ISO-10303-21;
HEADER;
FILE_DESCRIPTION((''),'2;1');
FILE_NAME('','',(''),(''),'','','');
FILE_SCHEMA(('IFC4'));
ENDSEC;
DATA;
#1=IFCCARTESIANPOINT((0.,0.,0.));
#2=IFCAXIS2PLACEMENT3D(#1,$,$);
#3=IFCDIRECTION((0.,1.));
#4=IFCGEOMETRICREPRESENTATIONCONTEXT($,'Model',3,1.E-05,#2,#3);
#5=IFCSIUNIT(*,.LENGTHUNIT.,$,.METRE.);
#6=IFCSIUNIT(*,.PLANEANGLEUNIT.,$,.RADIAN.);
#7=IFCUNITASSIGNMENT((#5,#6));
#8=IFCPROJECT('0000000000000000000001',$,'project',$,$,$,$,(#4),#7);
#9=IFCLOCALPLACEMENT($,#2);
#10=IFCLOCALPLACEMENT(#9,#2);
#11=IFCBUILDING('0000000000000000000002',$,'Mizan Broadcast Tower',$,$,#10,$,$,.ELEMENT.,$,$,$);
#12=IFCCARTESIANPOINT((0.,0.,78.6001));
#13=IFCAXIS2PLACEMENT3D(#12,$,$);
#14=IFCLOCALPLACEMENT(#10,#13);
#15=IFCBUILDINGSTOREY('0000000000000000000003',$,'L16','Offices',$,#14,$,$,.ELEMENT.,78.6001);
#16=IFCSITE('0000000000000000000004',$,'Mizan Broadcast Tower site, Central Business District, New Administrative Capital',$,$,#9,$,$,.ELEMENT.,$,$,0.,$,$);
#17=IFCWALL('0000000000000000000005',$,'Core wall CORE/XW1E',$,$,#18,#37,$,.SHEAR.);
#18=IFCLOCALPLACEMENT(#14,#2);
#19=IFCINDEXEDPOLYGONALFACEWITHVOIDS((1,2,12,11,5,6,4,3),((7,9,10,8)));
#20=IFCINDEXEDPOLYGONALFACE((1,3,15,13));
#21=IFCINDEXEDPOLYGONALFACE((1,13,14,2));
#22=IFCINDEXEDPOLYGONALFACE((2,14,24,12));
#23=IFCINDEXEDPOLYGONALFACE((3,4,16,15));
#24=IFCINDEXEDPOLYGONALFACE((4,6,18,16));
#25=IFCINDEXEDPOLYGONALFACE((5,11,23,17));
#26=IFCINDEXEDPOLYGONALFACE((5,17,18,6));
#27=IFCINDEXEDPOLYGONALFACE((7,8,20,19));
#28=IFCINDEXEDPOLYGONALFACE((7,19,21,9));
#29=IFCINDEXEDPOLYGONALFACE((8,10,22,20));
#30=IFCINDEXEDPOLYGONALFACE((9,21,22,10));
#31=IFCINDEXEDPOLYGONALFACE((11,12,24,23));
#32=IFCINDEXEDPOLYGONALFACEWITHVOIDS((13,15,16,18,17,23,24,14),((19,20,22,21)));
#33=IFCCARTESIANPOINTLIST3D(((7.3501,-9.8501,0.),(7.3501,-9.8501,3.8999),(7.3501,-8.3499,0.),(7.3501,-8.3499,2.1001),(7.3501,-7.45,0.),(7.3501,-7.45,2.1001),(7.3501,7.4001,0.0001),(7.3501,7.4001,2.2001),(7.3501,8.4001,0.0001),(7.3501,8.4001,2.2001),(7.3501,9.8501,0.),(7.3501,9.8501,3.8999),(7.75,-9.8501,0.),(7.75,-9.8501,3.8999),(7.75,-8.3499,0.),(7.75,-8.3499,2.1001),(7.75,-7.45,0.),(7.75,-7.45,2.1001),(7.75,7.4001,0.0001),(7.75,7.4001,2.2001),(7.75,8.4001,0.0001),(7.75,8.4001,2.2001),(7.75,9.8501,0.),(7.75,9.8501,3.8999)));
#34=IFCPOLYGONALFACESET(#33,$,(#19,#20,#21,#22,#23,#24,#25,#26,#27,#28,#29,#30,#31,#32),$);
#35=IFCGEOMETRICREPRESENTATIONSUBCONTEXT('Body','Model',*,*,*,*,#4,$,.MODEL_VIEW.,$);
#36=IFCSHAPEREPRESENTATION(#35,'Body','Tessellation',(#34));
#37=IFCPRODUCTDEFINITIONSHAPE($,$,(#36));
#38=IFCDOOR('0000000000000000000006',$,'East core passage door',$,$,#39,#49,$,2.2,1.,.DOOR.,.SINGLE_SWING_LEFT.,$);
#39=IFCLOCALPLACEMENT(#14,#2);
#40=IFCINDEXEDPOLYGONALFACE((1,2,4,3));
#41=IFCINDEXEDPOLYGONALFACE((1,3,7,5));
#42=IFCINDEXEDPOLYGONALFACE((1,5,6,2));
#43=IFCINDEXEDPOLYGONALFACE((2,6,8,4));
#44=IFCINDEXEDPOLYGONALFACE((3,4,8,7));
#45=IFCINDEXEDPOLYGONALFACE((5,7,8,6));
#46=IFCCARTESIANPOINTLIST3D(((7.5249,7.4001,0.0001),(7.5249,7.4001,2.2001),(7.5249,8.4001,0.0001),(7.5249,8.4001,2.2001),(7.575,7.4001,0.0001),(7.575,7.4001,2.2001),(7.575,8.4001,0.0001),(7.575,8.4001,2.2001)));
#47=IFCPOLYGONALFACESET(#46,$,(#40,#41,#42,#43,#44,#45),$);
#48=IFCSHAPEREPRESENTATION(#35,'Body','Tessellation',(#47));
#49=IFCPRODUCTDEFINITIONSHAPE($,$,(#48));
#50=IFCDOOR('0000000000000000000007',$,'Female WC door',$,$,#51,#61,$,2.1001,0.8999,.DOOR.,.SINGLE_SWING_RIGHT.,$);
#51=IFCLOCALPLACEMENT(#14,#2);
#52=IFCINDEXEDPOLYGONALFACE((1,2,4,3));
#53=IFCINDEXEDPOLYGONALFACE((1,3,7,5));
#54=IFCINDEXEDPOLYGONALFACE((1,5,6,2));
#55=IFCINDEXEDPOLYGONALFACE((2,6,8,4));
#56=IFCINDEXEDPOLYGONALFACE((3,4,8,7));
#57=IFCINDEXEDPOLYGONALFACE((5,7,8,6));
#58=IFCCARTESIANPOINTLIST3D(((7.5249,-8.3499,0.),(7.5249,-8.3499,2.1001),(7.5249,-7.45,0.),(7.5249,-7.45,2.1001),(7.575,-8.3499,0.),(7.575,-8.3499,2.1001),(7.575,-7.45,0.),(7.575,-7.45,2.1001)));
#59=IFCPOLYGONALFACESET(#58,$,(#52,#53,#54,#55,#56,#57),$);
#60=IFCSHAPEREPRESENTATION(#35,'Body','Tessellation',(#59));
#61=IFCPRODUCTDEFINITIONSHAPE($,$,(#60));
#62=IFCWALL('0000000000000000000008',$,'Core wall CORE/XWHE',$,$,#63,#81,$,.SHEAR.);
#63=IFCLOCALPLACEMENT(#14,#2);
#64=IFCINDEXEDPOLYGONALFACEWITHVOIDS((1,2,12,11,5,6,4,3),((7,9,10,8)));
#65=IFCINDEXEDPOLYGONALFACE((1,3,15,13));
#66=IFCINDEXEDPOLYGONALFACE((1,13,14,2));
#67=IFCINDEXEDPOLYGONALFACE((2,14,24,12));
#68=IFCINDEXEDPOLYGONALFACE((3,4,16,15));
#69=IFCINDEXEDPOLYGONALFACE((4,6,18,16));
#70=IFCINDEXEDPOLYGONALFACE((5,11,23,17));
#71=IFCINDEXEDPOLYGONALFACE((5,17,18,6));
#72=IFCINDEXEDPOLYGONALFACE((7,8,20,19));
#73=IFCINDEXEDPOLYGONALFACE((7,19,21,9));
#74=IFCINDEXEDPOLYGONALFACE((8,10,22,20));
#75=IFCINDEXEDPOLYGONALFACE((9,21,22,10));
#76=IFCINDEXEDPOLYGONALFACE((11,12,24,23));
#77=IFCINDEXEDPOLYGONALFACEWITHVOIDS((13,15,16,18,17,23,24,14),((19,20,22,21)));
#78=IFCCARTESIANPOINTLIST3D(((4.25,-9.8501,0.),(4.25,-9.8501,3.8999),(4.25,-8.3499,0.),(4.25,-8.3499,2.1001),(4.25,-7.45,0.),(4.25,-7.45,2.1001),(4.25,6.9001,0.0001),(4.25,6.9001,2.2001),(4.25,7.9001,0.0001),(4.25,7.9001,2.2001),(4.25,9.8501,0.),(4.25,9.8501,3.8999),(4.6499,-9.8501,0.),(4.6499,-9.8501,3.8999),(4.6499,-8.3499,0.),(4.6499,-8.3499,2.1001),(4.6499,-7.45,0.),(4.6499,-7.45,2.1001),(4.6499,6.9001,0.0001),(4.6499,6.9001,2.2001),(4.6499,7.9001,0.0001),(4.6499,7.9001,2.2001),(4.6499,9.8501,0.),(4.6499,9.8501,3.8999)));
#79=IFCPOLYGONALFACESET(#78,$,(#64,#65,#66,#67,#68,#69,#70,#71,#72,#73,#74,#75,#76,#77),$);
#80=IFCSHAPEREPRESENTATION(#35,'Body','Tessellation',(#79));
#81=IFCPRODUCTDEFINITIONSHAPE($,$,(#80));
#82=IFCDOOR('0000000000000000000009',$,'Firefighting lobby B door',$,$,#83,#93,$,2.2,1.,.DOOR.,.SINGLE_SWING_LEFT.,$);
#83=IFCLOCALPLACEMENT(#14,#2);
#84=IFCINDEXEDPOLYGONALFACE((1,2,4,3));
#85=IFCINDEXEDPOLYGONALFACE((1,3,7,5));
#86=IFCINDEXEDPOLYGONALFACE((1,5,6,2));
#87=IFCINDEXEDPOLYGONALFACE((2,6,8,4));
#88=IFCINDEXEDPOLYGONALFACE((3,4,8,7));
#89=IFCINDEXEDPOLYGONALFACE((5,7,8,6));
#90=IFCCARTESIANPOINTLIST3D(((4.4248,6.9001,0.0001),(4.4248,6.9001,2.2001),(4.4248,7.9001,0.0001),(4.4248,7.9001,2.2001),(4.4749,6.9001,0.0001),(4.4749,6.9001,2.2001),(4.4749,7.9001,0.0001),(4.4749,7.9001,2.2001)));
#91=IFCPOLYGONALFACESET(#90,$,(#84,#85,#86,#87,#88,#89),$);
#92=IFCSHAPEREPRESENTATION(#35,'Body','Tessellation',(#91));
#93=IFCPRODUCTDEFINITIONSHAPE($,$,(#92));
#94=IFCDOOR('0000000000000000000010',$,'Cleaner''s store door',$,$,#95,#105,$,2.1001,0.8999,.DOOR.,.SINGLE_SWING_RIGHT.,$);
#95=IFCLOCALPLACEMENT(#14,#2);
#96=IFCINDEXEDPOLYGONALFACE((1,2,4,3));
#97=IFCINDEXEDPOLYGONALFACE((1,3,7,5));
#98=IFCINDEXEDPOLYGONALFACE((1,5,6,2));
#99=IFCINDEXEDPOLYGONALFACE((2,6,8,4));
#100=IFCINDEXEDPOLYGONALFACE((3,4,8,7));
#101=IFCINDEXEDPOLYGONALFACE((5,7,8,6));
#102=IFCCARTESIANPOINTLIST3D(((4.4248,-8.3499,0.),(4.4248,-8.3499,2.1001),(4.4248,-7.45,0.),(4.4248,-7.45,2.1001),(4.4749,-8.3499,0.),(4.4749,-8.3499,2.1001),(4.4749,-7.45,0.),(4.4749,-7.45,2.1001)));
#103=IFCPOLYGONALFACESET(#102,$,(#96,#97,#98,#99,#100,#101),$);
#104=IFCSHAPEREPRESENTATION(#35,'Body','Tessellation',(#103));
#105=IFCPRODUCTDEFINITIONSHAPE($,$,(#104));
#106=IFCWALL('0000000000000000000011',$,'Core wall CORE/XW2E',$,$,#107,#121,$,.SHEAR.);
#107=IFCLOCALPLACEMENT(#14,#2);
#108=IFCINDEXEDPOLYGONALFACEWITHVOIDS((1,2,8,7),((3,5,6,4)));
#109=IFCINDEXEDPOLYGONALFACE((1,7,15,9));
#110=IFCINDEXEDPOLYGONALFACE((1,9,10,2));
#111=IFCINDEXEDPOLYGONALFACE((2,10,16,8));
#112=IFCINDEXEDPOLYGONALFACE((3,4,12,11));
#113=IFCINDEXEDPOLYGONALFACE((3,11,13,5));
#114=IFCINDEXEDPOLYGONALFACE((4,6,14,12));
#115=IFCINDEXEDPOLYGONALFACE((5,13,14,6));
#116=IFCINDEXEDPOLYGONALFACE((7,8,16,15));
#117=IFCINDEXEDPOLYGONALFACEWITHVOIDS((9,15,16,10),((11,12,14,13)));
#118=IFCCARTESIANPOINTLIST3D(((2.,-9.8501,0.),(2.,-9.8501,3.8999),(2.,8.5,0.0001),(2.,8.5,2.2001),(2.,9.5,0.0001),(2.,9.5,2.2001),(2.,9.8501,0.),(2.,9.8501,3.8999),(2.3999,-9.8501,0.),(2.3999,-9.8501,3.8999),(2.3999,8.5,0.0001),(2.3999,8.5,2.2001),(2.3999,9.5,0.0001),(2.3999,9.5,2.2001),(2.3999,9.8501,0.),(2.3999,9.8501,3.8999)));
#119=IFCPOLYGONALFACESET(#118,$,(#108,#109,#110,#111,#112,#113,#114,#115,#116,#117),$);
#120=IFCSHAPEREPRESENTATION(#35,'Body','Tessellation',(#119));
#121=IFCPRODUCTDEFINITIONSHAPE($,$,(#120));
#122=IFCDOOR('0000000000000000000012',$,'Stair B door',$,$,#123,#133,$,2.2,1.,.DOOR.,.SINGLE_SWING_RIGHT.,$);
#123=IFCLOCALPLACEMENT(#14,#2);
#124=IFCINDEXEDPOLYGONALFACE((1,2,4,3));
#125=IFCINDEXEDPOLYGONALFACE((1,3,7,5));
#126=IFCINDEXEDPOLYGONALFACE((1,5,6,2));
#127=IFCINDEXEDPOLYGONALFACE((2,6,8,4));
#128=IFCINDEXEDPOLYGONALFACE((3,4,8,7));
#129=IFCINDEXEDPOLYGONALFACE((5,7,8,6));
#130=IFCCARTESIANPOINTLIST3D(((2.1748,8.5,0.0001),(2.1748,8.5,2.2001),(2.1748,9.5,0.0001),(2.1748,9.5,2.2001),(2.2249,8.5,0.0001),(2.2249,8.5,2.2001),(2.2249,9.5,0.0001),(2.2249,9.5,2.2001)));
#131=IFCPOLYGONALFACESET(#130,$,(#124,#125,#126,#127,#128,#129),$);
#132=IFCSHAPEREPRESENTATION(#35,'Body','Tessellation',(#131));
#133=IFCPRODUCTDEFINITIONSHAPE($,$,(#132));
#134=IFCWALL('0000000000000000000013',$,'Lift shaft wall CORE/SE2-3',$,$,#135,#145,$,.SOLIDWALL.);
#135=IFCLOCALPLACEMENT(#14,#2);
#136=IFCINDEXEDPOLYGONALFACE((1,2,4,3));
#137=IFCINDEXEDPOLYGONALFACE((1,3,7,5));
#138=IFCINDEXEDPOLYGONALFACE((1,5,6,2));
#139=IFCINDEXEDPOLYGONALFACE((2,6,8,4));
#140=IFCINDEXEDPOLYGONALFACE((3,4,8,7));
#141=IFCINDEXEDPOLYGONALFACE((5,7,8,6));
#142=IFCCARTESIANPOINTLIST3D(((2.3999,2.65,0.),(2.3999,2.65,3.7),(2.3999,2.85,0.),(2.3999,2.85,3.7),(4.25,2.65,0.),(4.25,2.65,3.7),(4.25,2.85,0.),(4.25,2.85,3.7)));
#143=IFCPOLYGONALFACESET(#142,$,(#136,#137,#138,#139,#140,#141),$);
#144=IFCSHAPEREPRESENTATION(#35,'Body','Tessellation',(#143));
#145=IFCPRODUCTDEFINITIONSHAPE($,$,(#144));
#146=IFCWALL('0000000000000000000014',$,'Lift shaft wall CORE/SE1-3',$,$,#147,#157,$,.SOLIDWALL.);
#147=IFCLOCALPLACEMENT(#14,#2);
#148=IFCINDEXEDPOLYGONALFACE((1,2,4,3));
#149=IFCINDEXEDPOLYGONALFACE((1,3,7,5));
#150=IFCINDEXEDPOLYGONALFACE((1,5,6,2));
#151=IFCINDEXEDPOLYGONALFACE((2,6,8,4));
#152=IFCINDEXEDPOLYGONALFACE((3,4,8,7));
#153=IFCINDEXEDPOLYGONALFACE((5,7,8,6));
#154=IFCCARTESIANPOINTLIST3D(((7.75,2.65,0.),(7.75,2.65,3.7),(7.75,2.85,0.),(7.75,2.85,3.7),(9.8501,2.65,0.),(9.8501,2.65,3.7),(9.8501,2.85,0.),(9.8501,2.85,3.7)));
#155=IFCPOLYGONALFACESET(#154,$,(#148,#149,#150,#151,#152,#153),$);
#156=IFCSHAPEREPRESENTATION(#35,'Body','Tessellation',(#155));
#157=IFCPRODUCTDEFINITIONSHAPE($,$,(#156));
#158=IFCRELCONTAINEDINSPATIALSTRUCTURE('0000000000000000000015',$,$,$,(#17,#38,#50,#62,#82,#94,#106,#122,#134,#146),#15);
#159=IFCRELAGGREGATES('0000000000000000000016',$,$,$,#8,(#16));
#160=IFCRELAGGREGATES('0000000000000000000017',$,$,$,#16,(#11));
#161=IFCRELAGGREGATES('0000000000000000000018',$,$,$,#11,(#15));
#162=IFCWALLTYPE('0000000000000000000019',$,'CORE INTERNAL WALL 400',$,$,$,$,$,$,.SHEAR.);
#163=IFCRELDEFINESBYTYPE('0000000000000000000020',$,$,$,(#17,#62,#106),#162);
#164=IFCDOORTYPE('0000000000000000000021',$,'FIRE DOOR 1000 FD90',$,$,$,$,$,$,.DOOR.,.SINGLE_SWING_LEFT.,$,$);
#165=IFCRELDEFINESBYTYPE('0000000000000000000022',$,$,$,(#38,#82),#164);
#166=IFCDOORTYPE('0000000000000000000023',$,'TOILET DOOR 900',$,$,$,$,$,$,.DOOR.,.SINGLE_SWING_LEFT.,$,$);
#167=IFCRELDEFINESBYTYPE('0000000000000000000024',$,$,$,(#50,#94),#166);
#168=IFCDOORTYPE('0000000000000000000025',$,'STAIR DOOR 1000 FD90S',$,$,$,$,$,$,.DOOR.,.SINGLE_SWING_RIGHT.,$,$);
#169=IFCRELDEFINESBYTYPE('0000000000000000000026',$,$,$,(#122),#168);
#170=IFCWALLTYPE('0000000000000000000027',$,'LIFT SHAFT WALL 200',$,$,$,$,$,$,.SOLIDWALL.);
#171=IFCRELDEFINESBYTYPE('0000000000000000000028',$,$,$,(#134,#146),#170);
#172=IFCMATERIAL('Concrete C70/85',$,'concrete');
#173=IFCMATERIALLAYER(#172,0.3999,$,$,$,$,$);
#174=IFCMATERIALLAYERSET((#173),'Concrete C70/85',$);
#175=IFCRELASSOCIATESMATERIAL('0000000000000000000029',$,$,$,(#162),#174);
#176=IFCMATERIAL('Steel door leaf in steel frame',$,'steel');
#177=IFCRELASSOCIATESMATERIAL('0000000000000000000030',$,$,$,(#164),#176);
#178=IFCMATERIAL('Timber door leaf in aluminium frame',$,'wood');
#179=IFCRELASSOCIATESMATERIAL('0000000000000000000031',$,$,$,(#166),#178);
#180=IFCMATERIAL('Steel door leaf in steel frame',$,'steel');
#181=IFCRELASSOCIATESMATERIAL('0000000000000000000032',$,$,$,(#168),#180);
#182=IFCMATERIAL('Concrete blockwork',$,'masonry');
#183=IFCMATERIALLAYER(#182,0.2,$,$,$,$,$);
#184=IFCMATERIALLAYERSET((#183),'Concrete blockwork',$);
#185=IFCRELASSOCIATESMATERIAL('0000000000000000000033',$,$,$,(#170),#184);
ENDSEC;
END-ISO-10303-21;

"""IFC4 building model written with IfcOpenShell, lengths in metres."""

from ifc_helpers import new_model, si_unit, direction, frame, frame_2d, origin, place, context, subcontext, project, spatial, rectangle, extrude, material, layer, layer_set, type_object, element, fill, save


model = new_model("IFC4")

# Units and contexts
model_context = context("Model", 3, precision=1e-05, world=origin(), true_north=direction((0.0, 1.0)))
body_context = subcontext(model_context, "Body", "Model", "MODEL_VIEW")
ifc_project = project(units=[si_unit("LENGTHUNIT", "METRE"), si_unit("PLANEANGLEUNIT", "RADIAN")], contexts=[model_context])

# Site, building, storey
site_placement = place(None, origin())
site = spatial("IfcSite", under=ifc_project, at=site_placement, Name="Mizan Broadcast Tower site, Central Business District, New Administrative Capital", CompositionType="ELEMENT", RefElevation=0.0)
building_placement = place(site_placement, origin())
building = spatial("IfcBuilding", under=site, at=building_placement, Name="Mizan Broadcast Tower", CompositionType="ELEMENT")
storey_placement = place(building_placement, frame((0.0, 0.0, 78.6001)))
storey = spatial("IfcBuildingStorey", under=building, at=storey_placement, Name="L16", Description="Offices", CompositionType="ELEMENT", Elevation=78.6001)

# Walls, openings, doors
ifc_material_1 = material(Name="Concrete C70/85", Category="concrete")
ifc_layer_1 = layer(ifc_material_1, 0.3999)
ifc_layer_set_1 = layer_set([ifc_layer_1], Name="Concrete C70/85")
wall_type_1 = type_object("IfcWallType", Name="CORE INTERNAL WALL 400", PredefinedType="SHEAR", material=ifc_layer_set_1)
wall_1_placement = place(storey_placement, frame((7.55, 9.8501, 0.0), z_axis=(0.0, 0.0, 1.0), x_axis=(0.0, -1.0, 0.0)))
wall_1 = element("IfcWall", 1, at=wall_1_placement, inside=storey, type_object=wall_type_1, Name="Core wall CORE/XW1E", PredefinedType="SHEAR", context=body_context, shape_type="SweptSolid", body=[
    extrude(rectangle(XDim=19.7002, YDim=0.3999, at=frame_2d((9.8501, 0.0))), origin(), (0.0, 0.0, 1.0), 3.8999),
])
opening_1_placement = place(wall_1_placement, frame((1.45, 0.0, 0.0)))
opening_1 = element("IfcOpeningElement", 2, at=opening_1_placement, cuts=wall_1, PredefinedType="OPENING", context=body_context, shape_type="SweptSolid", body=[
    extrude(rectangle(XDim=1.0, YDim=2.2, at=frame_2d((0.5, 1.1001))), frame((0.0, 0.21, 0.0), z_axis=(0.0, -1.0, 0.0), x_axis=(1.0, 0.0, 0.0)), (0.0, 0.0, 1.0), 0.4199),
])
opening_2_placement = place(wall_1_placement, frame((17.3, 0.0, 0.0)))
opening_2 = element("IfcOpeningElement", 3, at=opening_2_placement, cuts=wall_1, PredefinedType="OPENING", context=body_context, shape_type="SweptSolid", body=[
    extrude(rectangle(XDim=0.8999, YDim=2.1001, at=frame_2d((0.45, 1.05))), frame((0.0, 0.21, 0.0), z_axis=(0.0, -1.0, 0.0), x_axis=(1.0, 0.0, 0.0)), (0.0, 0.0, 1.0), 0.4199),
])
ifc_material_2 = material(Name="Steel door leaf in steel frame", Category="steel")
door_type_1 = type_object("IfcDoorType", Name="FIRE DOOR 1000 FD90", OperationType="SINGLE_SWING_LEFT", PredefinedType="DOOR", material=ifc_material_2)
door_1_placement = place(opening_1_placement, origin())
door_1 = element("IfcDoor", 4, at=door_1_placement, inside=storey, type_object=door_type_1, Name="East core passage door", OperationType="SINGLE_SWING_LEFT", OverallHeight=2.2, OverallWidth=1.0, PredefinedType="DOOR", context=body_context, shape_type="SweptSolid", body=[
    extrude(rectangle(XDim=1.0, YDim=2.2, at=frame_2d((0.5, 1.1001))), frame((0.0, 0.0249, 0.0), z_axis=(0.0, -1.0, 0.0), x_axis=(1.0, 0.0, 0.0)), (0.0, 0.0, 1.0), 0.05),
])
fill(opening_1, door_1)
ifc_material_3 = material(Name="Timber door leaf in aluminium frame", Category="wood")
door_type_2 = type_object("IfcDoorType", Name="TOILET DOOR 900", OperationType="SINGLE_SWING_LEFT", PredefinedType="DOOR", material=ifc_material_3)
door_2_placement = place(opening_2_placement, origin())
door_2 = element("IfcDoor", 5, at=door_2_placement, inside=storey, type_object=door_type_2, Name="Female WC door", OperationType="SINGLE_SWING_RIGHT", OverallHeight=2.1001, OverallWidth=0.8999, PredefinedType="DOOR", context=body_context, shape_type="SweptSolid", body=[
    extrude(rectangle(XDim=0.8999, YDim=2.1001, at=frame_2d((0.45, 1.05))), frame((0.0, 0.0249, 0.0), z_axis=(0.0, -1.0, 0.0), x_axis=(1.0, 0.0, 0.0)), (0.0, 0.0, 1.0), 0.05),
])
fill(opening_2, door_2)
wall_2_placement = place(storey_placement, frame((4.45, 9.8501, 0.0), z_axis=(0.0, 0.0, 1.0), x_axis=(0.0, -1.0, 0.0)))
wall_2 = element("IfcWall", 6, at=wall_2_placement, inside=storey, type_object=wall_type_1, Name="Core wall CORE/XWHE", PredefinedType="SHEAR", context=body_context, shape_type="SweptSolid", body=[
    extrude(rectangle(XDim=19.7002, YDim=0.3999, at=frame_2d((9.8501, 0.0))), origin(), (0.0, 0.0, 1.0), 3.8999),
])
opening_3_placement = place(wall_2_placement, frame((1.95, 0.0, 0.0)))
opening_3 = element("IfcOpeningElement", 7, at=opening_3_placement, cuts=wall_2, PredefinedType="OPENING", context=body_context, shape_type="SweptSolid", body=[
    extrude(rectangle(XDim=1.0, YDim=2.2, at=frame_2d((0.5, 1.1001))), frame((0.0, 0.21, 0.0), z_axis=(0.0, -1.0, 0.0), x_axis=(1.0, 0.0, 0.0)), (0.0, 0.0, 1.0), 0.4199),
])
opening_4_placement = place(wall_2_placement, frame((17.3, 0.0, 0.0)))
opening_4 = element("IfcOpeningElement", 8, at=opening_4_placement, cuts=wall_2, PredefinedType="OPENING", context=body_context, shape_type="SweptSolid", body=[
    extrude(rectangle(XDim=0.8999, YDim=2.1001, at=frame_2d((0.45, 1.05))), frame((0.0, 0.21, 0.0), z_axis=(0.0, -1.0, 0.0), x_axis=(1.0, 0.0, 0.0)), (0.0, 0.0, 1.0), 0.4199),
])
door_3_placement = place(opening_3_placement, origin())
door_3 = element("IfcDoor", 9, at=door_3_placement, inside=storey, type_object=door_type_1, Name="Firefighting lobby B door", OperationType="SINGLE_SWING_LEFT", OverallHeight=2.2, OverallWidth=1.0, PredefinedType="DOOR", context=body_context, shape_type="SweptSolid", body=[
    extrude(rectangle(XDim=1.0, YDim=2.2, at=frame_2d((0.5, 1.1001))), frame((0.0, 0.0249, 0.0), z_axis=(0.0, -1.0, 0.0), x_axis=(1.0, 0.0, 0.0)), (0.0, 0.0, 1.0), 0.05),
])
fill(opening_3, door_3)
door_4_placement = place(opening_4_placement, origin())
door_4 = element("IfcDoor", 10, at=door_4_placement, inside=storey, type_object=door_type_2, Name="Cleaner's store door", OperationType="SINGLE_SWING_RIGHT", OverallHeight=2.1001, OverallWidth=0.8999, PredefinedType="DOOR", context=body_context, shape_type="SweptSolid", body=[
    extrude(rectangle(XDim=0.8999, YDim=2.1001, at=frame_2d((0.45, 1.05))), frame((0.0, 0.0249, 0.0), z_axis=(0.0, -1.0, 0.0), x_axis=(1.0, 0.0, 0.0)), (0.0, 0.0, 1.0), 0.05),
])
fill(opening_4, door_4)

# Wall, opening, door
wall_3_placement = place(storey_placement, frame((2.2, 9.8501, 0.0), z_axis=(0.0, 0.0, 1.0), x_axis=(0.0, -1.0, 0.0)))
wall_3 = element("IfcWall", 11, at=wall_3_placement, inside=storey, type_object=wall_type_1, Name="Core wall CORE/XW2E", PredefinedType="SHEAR", context=body_context, shape_type="SweptSolid", body=[
    extrude(rectangle(XDim=19.7002, YDim=0.3999, at=frame_2d((9.8501, 0.0))), origin(), (0.0, 0.0, 1.0), 3.8999),
])
opening_5_placement = place(wall_3_placement, frame((0.3501, 0.0, 0.0)))
opening_5 = element("IfcOpeningElement", 12, at=opening_5_placement, cuts=wall_3, PredefinedType="OPENING", context=body_context, shape_type="SweptSolid", body=[
    extrude(rectangle(XDim=1.0, YDim=2.2, at=frame_2d((0.5, 1.1001))), frame((0.0, 0.21, 0.0), z_axis=(0.0, -1.0, 0.0), x_axis=(1.0, 0.0, 0.0)), (0.0, 0.0, 1.0), 0.4199),
])
ifc_material_4 = material(Name="Steel door leaf in steel frame", Category="steel")
door_type_3 = type_object("IfcDoorType", Name="STAIR DOOR 1000 FD90S", OperationType="SINGLE_SWING_RIGHT", PredefinedType="DOOR", material=ifc_material_4)
door_5_placement = place(opening_5_placement, origin())
door_5 = element("IfcDoor", 13, at=door_5_placement, inside=storey, type_object=door_type_3, Name="Stair B door", OperationType="SINGLE_SWING_RIGHT", OverallHeight=2.2, OverallWidth=1.0, PredefinedType="DOOR", context=body_context, shape_type="SweptSolid", body=[
    extrude(rectangle(XDim=1.0, YDim=2.2, at=frame_2d((0.5, 1.1001))), frame((0.0, 0.0249, 0.0), z_axis=(0.0, -1.0, 0.0), x_axis=(1.0, 0.0, 0.0)), (0.0, 0.0, 1.0), 0.05),
])
fill(opening_5, door_5)

# Walls
ifc_material_5 = material(Name="Concrete blockwork", Category="masonry")
ifc_layer_2 = layer(ifc_material_5, 0.2)
ifc_layer_set_2 = layer_set([ifc_layer_2], Name="Concrete blockwork")
wall_type_2 = type_object("IfcWallType", Name="LIFT SHAFT WALL 200", PredefinedType="SOLIDWALL", material=ifc_layer_set_2)
wall_4_placement = place(storey_placement, frame((2.3999, 2.75, 0.0), z_axis=(0.0, 0.0, 1.0), x_axis=(1.0, 0.0, 0.0)))
element("IfcWall", 14, at=wall_4_placement, inside=storey, type_object=wall_type_2, Name="Lift shaft wall CORE/SE2-3", PredefinedType="SOLIDWALL", context=body_context, shape_type="SweptSolid", body=[
    extrude(rectangle(XDim=1.8501, YDim=0.2, at=frame_2d((0.925, 0.0))), origin(), (0.0, 0.0, 1.0), 3.7),
])
wall_5_placement = place(storey_placement, frame((7.75, 2.75, 0.0), z_axis=(0.0, 0.0, 1.0), x_axis=(1.0, 0.0, 0.0)))
element("IfcWall", 15, at=wall_5_placement, inside=storey, type_object=wall_type_2, Name="Lift shaft wall CORE/SE1-3", PredefinedType="SOLIDWALL", context=body_context, shape_type="SweptSolid", body=[
    extrude(rectangle(XDim=2.1001, YDim=0.2, at=frame_2d((1.05, 0.0))), origin(), (0.0, 0.0, 1.0), 3.7),
])

save(model, "model.ifc")
